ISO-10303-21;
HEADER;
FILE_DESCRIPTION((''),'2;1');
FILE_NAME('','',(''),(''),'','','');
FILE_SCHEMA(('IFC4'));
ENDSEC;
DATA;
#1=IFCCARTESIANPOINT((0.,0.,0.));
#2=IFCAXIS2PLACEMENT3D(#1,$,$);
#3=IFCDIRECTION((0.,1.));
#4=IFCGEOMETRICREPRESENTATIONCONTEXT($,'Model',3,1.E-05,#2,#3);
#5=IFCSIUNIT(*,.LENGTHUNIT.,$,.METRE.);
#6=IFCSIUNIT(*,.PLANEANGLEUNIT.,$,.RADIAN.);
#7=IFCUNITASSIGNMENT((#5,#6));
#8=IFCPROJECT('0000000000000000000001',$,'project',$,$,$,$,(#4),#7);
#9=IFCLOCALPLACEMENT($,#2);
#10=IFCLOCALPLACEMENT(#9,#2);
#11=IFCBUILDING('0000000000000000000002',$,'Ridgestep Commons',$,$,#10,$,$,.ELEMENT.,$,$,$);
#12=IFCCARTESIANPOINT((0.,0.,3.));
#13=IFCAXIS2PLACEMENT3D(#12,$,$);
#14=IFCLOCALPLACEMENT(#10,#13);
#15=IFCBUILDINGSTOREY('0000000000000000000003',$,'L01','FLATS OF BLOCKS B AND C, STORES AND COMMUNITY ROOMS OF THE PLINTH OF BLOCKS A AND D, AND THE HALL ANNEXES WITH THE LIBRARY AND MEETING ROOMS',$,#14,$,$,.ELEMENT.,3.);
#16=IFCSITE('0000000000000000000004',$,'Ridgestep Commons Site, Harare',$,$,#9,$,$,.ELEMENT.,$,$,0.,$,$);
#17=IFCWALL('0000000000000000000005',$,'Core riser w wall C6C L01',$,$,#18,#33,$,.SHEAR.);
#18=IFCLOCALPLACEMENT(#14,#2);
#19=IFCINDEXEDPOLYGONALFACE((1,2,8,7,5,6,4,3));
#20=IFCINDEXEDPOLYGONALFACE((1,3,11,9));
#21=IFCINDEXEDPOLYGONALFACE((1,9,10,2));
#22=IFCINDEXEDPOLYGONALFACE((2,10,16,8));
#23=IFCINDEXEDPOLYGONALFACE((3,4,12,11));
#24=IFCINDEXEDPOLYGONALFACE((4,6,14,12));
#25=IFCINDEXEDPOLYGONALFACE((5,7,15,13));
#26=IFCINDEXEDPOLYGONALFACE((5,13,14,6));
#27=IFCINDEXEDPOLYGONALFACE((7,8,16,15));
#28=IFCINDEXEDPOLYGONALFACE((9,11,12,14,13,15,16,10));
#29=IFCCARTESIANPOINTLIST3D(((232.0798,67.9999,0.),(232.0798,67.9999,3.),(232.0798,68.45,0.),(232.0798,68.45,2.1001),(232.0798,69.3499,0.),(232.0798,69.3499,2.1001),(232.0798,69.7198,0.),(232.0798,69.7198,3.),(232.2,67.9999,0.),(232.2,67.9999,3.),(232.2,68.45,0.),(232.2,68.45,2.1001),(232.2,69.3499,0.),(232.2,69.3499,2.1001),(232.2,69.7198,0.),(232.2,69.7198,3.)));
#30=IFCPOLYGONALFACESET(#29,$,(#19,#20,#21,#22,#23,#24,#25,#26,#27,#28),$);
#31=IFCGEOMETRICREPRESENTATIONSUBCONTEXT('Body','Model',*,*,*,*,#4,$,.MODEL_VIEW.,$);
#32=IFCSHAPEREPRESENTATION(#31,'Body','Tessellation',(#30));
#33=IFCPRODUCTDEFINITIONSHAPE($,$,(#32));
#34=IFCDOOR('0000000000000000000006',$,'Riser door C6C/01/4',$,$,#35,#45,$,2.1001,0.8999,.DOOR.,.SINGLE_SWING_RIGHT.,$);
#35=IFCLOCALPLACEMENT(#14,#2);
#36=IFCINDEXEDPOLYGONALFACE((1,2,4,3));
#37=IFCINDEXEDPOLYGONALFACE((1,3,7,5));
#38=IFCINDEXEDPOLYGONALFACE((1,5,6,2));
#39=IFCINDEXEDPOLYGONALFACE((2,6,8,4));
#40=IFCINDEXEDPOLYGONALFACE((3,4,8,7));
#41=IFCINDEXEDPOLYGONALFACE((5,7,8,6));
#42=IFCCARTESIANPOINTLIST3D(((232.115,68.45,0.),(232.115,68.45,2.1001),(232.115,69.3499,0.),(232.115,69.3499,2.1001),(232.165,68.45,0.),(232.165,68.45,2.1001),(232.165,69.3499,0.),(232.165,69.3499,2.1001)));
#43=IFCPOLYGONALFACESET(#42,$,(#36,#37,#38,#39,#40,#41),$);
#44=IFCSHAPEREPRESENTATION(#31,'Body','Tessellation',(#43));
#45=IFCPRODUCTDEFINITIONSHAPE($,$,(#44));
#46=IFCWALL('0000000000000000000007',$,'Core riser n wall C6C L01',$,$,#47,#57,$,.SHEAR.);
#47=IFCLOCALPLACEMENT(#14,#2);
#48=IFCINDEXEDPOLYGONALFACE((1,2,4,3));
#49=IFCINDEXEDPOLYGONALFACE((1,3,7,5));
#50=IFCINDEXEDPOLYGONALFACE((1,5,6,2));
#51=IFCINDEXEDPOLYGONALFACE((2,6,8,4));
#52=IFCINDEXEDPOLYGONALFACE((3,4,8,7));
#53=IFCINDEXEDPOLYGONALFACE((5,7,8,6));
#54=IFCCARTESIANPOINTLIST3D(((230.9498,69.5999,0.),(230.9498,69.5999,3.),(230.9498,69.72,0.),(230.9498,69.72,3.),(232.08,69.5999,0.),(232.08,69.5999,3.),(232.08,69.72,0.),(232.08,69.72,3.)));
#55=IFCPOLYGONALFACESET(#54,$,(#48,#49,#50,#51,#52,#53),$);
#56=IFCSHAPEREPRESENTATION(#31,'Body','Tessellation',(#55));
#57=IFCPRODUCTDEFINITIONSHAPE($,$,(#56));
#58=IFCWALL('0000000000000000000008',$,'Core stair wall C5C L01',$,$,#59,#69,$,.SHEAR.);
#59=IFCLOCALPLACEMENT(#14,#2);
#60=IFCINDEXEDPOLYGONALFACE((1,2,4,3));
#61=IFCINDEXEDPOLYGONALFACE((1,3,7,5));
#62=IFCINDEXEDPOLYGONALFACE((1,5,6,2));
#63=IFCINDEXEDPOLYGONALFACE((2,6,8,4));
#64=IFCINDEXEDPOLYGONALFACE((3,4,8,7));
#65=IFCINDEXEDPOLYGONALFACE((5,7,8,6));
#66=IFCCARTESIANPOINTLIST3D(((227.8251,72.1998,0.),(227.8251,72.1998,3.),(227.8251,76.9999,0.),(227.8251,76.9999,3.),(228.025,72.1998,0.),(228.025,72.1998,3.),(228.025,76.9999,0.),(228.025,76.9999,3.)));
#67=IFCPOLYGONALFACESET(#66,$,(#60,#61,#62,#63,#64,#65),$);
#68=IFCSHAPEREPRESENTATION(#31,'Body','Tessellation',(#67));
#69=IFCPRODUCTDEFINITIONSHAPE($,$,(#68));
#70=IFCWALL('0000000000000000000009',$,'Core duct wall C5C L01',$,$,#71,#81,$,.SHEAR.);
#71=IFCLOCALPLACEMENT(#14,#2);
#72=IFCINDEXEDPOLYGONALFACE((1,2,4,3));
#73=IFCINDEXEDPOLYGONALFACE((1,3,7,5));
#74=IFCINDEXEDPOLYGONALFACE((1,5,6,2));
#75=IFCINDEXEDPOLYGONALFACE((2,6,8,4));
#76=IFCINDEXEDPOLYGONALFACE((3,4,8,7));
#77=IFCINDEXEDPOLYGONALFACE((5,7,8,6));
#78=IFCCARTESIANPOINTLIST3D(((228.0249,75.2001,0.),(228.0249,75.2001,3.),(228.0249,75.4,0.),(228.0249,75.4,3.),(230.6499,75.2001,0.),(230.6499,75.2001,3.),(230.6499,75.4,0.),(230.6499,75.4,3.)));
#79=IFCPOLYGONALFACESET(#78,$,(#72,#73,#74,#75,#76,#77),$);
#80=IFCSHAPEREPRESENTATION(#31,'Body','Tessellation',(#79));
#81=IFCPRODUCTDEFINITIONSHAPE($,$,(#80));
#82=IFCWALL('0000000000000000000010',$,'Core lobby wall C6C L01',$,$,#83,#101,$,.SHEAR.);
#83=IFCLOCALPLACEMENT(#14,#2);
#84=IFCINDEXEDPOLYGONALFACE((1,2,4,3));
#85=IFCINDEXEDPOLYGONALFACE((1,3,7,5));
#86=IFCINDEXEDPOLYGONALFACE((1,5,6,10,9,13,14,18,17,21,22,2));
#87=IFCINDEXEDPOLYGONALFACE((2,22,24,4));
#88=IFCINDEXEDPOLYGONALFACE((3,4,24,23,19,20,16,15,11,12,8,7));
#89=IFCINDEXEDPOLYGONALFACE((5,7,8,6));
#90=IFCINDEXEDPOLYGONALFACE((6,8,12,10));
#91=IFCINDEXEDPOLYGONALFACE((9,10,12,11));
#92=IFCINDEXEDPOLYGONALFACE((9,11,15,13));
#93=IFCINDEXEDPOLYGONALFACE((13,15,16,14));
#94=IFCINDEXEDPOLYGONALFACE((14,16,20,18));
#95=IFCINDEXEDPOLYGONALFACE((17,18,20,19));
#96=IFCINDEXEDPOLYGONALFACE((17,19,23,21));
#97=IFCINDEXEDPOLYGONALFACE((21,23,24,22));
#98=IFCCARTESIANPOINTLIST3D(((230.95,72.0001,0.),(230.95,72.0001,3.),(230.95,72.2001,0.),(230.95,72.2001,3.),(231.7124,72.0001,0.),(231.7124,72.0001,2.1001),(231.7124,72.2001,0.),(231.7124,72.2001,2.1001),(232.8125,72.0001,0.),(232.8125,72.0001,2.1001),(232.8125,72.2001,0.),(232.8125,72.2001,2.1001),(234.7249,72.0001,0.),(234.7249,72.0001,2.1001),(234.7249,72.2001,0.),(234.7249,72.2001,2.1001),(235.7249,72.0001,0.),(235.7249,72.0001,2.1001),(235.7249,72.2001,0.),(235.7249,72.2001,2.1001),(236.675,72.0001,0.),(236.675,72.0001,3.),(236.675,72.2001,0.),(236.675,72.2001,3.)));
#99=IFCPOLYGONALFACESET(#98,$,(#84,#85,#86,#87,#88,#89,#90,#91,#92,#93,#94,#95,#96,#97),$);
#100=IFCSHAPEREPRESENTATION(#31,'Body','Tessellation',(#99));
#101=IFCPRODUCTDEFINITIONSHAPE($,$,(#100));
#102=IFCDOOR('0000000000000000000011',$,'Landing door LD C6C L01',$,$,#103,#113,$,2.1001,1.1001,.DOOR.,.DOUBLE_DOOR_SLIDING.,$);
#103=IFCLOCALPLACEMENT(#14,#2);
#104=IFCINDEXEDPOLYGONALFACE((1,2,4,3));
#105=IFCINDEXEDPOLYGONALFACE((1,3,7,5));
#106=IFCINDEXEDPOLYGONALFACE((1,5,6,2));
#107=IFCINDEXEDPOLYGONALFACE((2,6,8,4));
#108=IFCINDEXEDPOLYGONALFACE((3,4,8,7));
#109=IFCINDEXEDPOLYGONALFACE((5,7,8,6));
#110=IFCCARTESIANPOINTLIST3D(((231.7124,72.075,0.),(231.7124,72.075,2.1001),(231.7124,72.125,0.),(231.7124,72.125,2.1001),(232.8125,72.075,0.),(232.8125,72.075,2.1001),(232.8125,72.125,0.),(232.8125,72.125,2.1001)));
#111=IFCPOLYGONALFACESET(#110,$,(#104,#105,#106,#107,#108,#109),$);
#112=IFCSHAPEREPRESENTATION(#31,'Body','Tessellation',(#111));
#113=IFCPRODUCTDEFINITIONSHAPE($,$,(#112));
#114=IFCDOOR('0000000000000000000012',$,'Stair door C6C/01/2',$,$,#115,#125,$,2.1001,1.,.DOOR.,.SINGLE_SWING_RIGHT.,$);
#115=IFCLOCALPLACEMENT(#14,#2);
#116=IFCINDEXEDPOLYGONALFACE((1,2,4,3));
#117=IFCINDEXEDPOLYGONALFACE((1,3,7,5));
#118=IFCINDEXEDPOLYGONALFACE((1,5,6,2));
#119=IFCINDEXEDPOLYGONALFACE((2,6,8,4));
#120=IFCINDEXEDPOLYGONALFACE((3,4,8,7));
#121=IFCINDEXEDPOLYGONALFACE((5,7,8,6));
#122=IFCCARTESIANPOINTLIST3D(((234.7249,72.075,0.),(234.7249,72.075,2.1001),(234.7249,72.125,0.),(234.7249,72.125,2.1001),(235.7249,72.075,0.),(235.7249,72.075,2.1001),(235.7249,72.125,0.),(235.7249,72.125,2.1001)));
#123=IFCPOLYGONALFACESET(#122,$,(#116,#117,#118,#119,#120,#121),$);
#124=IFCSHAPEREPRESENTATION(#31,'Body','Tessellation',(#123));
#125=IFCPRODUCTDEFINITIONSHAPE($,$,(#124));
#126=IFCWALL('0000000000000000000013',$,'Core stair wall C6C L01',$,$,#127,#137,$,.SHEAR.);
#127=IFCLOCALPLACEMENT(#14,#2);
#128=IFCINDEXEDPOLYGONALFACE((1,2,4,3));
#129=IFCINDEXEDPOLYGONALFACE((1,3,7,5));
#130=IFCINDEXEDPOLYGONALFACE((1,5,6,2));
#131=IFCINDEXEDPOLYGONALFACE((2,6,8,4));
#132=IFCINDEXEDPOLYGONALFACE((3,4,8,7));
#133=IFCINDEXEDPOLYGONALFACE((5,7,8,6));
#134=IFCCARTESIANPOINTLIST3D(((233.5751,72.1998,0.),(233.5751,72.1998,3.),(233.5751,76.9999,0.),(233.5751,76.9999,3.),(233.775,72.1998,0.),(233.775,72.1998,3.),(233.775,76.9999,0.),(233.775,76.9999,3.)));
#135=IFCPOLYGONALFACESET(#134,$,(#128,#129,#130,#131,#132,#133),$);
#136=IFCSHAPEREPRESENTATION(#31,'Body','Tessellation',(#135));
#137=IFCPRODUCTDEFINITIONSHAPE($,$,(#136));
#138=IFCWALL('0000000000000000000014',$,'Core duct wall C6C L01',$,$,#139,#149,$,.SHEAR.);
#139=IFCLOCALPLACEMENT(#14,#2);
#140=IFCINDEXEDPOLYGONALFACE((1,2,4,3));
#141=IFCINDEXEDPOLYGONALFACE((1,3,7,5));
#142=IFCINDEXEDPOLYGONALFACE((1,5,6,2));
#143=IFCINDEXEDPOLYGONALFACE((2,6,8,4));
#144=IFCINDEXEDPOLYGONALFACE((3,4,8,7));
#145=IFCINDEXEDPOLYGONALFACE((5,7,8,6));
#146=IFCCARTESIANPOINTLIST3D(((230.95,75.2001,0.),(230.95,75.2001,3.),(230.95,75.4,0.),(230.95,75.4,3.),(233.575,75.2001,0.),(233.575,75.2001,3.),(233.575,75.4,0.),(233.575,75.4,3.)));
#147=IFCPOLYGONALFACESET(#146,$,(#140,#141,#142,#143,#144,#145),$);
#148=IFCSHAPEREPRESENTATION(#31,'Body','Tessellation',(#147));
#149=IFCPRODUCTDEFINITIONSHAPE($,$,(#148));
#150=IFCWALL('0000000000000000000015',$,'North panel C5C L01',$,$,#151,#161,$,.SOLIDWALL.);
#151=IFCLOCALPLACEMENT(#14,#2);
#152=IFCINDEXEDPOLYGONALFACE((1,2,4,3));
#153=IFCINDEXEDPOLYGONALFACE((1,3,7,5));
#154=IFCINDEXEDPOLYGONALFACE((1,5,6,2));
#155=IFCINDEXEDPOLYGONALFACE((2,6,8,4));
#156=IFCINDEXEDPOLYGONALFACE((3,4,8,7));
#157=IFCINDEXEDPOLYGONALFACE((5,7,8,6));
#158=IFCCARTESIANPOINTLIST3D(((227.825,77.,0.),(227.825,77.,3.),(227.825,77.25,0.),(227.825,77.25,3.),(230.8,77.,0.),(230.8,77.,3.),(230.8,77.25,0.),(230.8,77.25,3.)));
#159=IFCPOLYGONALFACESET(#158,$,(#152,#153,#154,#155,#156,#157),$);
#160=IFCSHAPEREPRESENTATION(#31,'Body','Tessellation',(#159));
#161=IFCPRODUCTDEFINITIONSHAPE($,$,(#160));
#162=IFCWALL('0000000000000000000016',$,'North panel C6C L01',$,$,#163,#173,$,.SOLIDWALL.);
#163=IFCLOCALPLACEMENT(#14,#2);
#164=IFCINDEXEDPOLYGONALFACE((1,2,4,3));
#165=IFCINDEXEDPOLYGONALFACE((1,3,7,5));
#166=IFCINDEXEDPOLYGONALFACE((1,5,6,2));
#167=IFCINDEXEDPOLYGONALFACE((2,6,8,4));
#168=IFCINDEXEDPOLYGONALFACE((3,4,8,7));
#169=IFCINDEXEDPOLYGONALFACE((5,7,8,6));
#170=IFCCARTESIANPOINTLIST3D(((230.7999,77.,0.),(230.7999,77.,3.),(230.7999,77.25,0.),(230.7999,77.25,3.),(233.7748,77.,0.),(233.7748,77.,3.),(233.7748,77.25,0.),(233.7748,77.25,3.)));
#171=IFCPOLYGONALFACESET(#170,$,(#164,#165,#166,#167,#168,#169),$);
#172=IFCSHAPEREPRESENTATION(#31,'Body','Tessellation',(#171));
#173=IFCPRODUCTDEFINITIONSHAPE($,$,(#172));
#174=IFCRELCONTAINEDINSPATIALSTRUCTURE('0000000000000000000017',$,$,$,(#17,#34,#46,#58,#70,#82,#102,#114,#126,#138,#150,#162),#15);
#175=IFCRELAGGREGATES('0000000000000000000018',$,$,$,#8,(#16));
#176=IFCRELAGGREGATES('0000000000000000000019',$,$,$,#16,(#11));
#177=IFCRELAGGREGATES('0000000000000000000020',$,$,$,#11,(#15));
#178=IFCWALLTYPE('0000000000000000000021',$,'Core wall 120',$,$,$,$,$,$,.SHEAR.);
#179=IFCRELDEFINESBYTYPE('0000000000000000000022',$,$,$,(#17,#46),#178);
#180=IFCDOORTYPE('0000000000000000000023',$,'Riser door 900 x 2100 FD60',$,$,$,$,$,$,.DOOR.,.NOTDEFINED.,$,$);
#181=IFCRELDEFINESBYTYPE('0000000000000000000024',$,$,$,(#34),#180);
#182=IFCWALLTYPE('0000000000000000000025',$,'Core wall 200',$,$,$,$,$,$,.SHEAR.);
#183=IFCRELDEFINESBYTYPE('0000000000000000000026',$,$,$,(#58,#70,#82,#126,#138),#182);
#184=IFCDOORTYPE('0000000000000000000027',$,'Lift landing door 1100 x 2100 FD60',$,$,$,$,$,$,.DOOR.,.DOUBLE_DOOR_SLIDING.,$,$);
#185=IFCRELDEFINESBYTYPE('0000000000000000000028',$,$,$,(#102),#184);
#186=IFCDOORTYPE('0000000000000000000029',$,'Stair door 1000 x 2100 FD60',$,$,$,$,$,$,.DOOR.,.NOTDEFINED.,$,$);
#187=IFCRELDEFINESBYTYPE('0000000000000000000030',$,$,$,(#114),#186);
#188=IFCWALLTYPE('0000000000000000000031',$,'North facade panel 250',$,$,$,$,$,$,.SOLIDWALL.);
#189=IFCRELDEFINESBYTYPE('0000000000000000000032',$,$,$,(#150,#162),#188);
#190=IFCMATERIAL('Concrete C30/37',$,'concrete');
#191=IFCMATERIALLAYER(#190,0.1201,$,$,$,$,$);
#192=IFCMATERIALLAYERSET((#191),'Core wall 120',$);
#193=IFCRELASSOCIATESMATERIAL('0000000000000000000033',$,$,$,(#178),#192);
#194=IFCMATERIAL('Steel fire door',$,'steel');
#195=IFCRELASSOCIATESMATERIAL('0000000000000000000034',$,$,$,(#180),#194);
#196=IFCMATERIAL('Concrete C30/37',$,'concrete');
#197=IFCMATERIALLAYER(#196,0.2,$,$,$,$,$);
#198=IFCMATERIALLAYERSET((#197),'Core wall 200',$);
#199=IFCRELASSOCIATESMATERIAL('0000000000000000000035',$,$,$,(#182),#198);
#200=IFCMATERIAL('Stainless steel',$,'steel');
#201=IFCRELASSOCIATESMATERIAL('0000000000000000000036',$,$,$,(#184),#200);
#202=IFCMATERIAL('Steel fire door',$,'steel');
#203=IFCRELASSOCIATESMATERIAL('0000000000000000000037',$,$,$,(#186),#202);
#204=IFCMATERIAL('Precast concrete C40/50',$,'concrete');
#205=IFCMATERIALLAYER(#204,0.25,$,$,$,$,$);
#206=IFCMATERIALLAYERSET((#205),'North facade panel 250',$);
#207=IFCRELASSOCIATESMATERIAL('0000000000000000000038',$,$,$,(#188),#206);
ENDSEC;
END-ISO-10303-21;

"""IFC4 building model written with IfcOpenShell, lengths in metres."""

from ifc_helpers import new_model, si_unit, direction, frame, frame_2d, origin, place, context, subcontext, project, spatial, rectangle, extrude, material, layer, layer_set, type_object, element, fill, save


model = new_model("IFC4")

# Units and contexts
model_context = context("Model", 3, precision=1e-05, world=origin(), true_north=direction((0.0, 1.0)))
body_context = subcontext(model_context, "Body", "Model", "MODEL_VIEW")
ifc_project = project(units=[si_unit("LENGTHUNIT", "METRE"), si_unit("PLANEANGLEUNIT", "RADIAN")], contexts=[model_context])

# Site, building, storey
site_placement = place(None, origin())
site = spatial("IfcSite", under=ifc_project, at=site_placement, Name="Ridgestep Commons Site, Harare", CompositionType="ELEMENT", RefElevation=0.0)
building_placement = place(site_placement, origin())
building = spatial("IfcBuilding", under=site, at=building_placement, Name="Ridgestep Commons", CompositionType="ELEMENT")
storey_placement = place(building_placement, frame((0.0, 0.0, 3.0)))
storey = spatial("IfcBuildingStorey", under=building, at=storey_placement, Name="L01", Description="FLATS OF BLOCKS B AND C, STORES AND COMMUNITY ROOMS OF THE PLINTH OF BLOCKS A AND D, AND THE HALL ANNEXES WITH THE LIBRARY AND MEETING ROOMS", CompositionType="ELEMENT", Elevation=3.0)

# Shared definitions
ifc_material_1 = material(Name="Concrete C30/37", Category="concrete")
ifc_layer_1 = layer(ifc_material_1, 0.1201)
ifc_layer_set_1 = layer_set([ifc_layer_1], Name="Core wall 120")
wall_type_1 = type_object("IfcWallType", Name="Core wall 120", PredefinedType="SHEAR", material=ifc_layer_set_1)
ifc_material_2 = material(Name="Steel fire door", Category="steel")
door_type_1 = type_object("IfcDoorType", Name="Riser door 900 x 2100 FD60", OperationType="NOTDEFINED", PredefinedType="DOOR", material=ifc_material_2)

# Wall, opening, door
wall_1_placement = place(storey_placement, frame((232.1399, 68.0, 0.0), z_axis=(0.0, 0.0, 1.0), x_axis=(0.0, 1.0, 0.0)))
wall_1 = element("IfcWall", 1, at=wall_1_placement, inside=storey, type_object=wall_type_1, Name="Core riser w wall C6C L01", PredefinedType="SHEAR", context=body_context, shape_type="SweptSolid", body=[
    extrude(rectangle(XDim=1.72, YDim=0.1201, at=frame_2d((0.8599, 0.0))), origin(), (0.0, 0.0, 1.0), 3.0),
])
opening_1_placement = place(wall_1_placement, frame((0.45, 0.0, 0.0)))
opening_1 = element("IfcOpeningElement", 2, at=opening_1_placement, cuts=wall_1, PredefinedType="OPENING", context=body_context, shape_type="SweptSolid", body=[
    extrude(rectangle(XDim=0.8999, YDim=2.1001, at=frame_2d((0.45, 1.05))), frame((0.0, 0.0701, 0.0), z_axis=(0.0, -1.0, 0.0), x_axis=(1.0, 0.0, 0.0)), (0.0, 0.0, 1.0), 0.1401),
])
door_1_placement = place(opening_1_placement, origin())
door_1 = element("IfcDoor", 3, at=door_1_placement, inside=storey, type_object=door_type_1, Name="Riser door C6C/01/4", OperationType="SINGLE_SWING_RIGHT", OverallHeight=2.1001, OverallWidth=0.8999, PredefinedType="DOOR", context=body_context, shape_type="SweptSolid", body=[
    extrude(rectangle(XDim=0.8999, YDim=2.1001, at=frame_2d((0.45, 1.05))), frame((0.0, 0.0249, 0.0), z_axis=(0.0, -1.0, 0.0), x_axis=(1.0, 0.0, 0.0)), (0.0, 0.0, 1.0), 0.05),
])
fill(opening_1, door_1)

# Walls
wall_2_placement = place(storey_placement, frame((230.95, 69.6599, 0.0), z_axis=(0.0, 0.0, 1.0), x_axis=(1.0, 0.0, 0.0)))
element("IfcWall", 4, at=wall_2_placement, inside=storey, type_object=wall_type_1, Name="Core riser n wall C6C L01", PredefinedType="SHEAR", context=body_context, shape_type="SweptSolid", body=[
    extrude(rectangle(XDim=1.1301, YDim=0.1201, at=frame_2d((0.5649, 0.0))), origin(), (0.0, 0.0, 1.0), 3.0),
])
ifc_material_3 = material(Name="Concrete C30/37", Category="concrete")
ifc_layer_2 = layer(ifc_material_3, 0.2)
ifc_layer_set_2 = layer_set([ifc_layer_2], Name="Core wall 200")
wall_type_2 = type_object("IfcWallType", Name="Core wall 200", PredefinedType="SHEAR", material=ifc_layer_set_2)
wall_3_placement = place(storey_placement, frame((227.925, 72.2, 0.0), z_axis=(0.0, 0.0, 1.0), x_axis=(0.0, 1.0, 0.0)))
element("IfcWall", 5, at=wall_3_placement, inside=storey, type_object=wall_type_2, Name="Core stair wall C5C L01", PredefinedType="SHEAR", context=body_context, shape_type="SweptSolid", body=[
    extrude(rectangle(XDim=4.8, YDim=0.2, at=frame_2d((2.3999, 0.0))), origin(), (0.0, 0.0, 1.0), 3.0),
])
wall_4_placement = place(storey_placement, frame((228.0249, 75.3, 0.0), z_axis=(0.0, 0.0, 1.0), x_axis=(1.0, 0.0, 0.0)))
element("IfcWall", 6, at=wall_4_placement, inside=storey, type_object=wall_type_2, Name="Core duct wall C5C L01", PredefinedType="SHEAR", context=body_context, shape_type="SweptSolid", body=[
    extrude(rectangle(XDim=2.625, YDim=0.2, at=frame_2d((1.3125, 0.0))), origin(), (0.0, 0.0, 1.0), 3.0),
])

# Wall, openings, doors
wall_5_placement = place(storey_placement, frame((230.95, 72.1001, 0.0), z_axis=(0.0, 0.0, 1.0), x_axis=(1.0, 0.0, 0.0)))
wall_5 = element("IfcWall", 7, at=wall_5_placement, inside=storey, type_object=wall_type_2, Name="Core lobby wall C6C L01", PredefinedType="SHEAR", context=body_context, shape_type="SweptSolid", body=[
    extrude(rectangle(XDim=5.7251, YDim=0.2, at=frame_2d((2.8625, 0.0))), origin(), (0.0, 0.0, 1.0), 3.0),
])
opening_2_placement = place(wall_5_placement, frame((3.7749, 0.0, 0.0)))
opening_2 = element("IfcOpeningElement", 8, at=opening_2_placement, cuts=wall_5, PredefinedType="OPENING", context=body_context, shape_type="SweptSolid", body=[
    extrude(rectangle(XDim=1.0, YDim=2.1001, at=frame_2d((0.5, 1.05))), frame((0.0, 0.1099, 0.0), z_axis=(0.0, -1.0, 0.0), x_axis=(1.0, 0.0, 0.0)), (0.0, 0.0, 1.0), 0.22),
])
opening_3_placement = place(wall_5_placement, frame((0.7625, 0.0, 0.0)))
opening_3 = element("IfcOpeningElement", 9, at=opening_3_placement, cuts=wall_5, PredefinedType="OPENING", context=body_context, shape_type="SweptSolid", body=[
    extrude(rectangle(XDim=1.1001, YDim=2.1001, at=frame_2d((0.55, 1.05))), frame((0.0, 0.1099, 0.0), z_axis=(0.0, -1.0, 0.0), x_axis=(1.0, 0.0, 0.0)), (0.0, 0.0, 1.0), 0.22),
])
ifc_material_4 = material(Name="Stainless steel", Category="steel")
door_type_2 = type_object("IfcDoorType", Name="Lift landing door 1100 x 2100 FD60", OperationType="DOUBLE_DOOR_SLIDING", PredefinedType="DOOR", material=ifc_material_4)
door_2_placement = place(opening_3_placement, origin())
door_2 = element("IfcDoor", 10, at=door_2_placement, inside=storey, type_object=door_type_2, Name="Landing door LD C6C L01", OperationType="DOUBLE_DOOR_SLIDING", OverallHeight=2.1001, OverallWidth=1.1001, PredefinedType="DOOR", context=body_context, shape_type="SweptSolid", body=[
    extrude(rectangle(XDim=1.1001, YDim=2.1001, at=frame_2d((0.55, 1.05))), frame((0.0, 0.0249, 0.0), z_axis=(0.0, -1.0, 0.0), x_axis=(1.0, 0.0, 0.0)), (0.0, 0.0, 1.0), 0.05),
])
fill(opening_3, door_2)
ifc_material_5 = material(Name="Steel fire door", Category="steel")
door_type_3 = type_object("IfcDoorType", Name="Stair door 1000 x 2100 FD60", OperationType="NOTDEFINED", PredefinedType="DOOR", material=ifc_material_5)
door_3_placement = place(opening_2_placement, origin())
door_3 = element("IfcDoor", 11, at=door_3_placement, inside=storey, type_object=door_type_3, Name="Stair door C6C/01/2", OperationType="SINGLE_SWING_RIGHT", OverallHeight=2.1001, OverallWidth=1.0, PredefinedType="DOOR", context=body_context, shape_type="SweptSolid", body=[
    extrude(rectangle(XDim=1.0, YDim=2.1001, at=frame_2d((0.5, 1.05))), frame((0.0, 0.0249, 0.0), z_axis=(0.0, -1.0, 0.0), x_axis=(1.0, 0.0, 0.0)), (0.0, 0.0, 1.0), 0.05),
])
fill(opening_2, door_3)

# Walls
wall_6_placement = place(storey_placement, frame((233.675, 72.2, 0.0), z_axis=(0.0, 0.0, 1.0), x_axis=(0.0, 1.0, 0.0)))
element("IfcWall", 12, at=wall_6_placement, inside=storey, type_object=wall_type_2, Name="Core stair wall C6C L01", PredefinedType="SHEAR", context=body_context, shape_type="SweptSolid", body=[
    extrude(rectangle(XDim=4.8, YDim=0.2, at=frame_2d((2.3999, 0.0))), origin(), (0.0, 0.0, 1.0), 3.0),
])
wall_7_placement = place(storey_placement, frame((230.95, 75.3, 0.0), z_axis=(0.0, 0.0, 1.0), x_axis=(1.0, 0.0, 0.0)))
element("IfcWall", 13, at=wall_7_placement, inside=storey, type_object=wall_type_2, Name="Core duct wall C6C L01", PredefinedType="SHEAR", context=body_context, shape_type="SweptSolid", body=[
    extrude(rectangle(XDim=2.625, YDim=0.2, at=frame_2d((1.3125, 0.0))), origin(), (0.0, 0.0, 1.0), 3.0),
])
ifc_material_6 = material(Name="Precast concrete C40/50", Category="concrete")
ifc_layer_3 = layer(ifc_material_6, 0.25)
ifc_layer_set_3 = layer_set([ifc_layer_3], Name="North facade panel 250")
wall_type_3 = type_object("IfcWallType", Name="North facade panel 250", PredefinedType="SOLIDWALL", material=ifc_layer_set_3)
wall_8_placement = place(storey_placement, frame((227.825, 77.125, 0.0), z_axis=(0.0, 0.0, 1.0), x_axis=(1.0, 0.0, 0.0)))
element("IfcWall", 14, at=wall_8_placement, inside=storey, type_object=wall_type_3, Name="North panel C5C L01", PredefinedType="SOLIDWALL", context=body_context, shape_type="SweptSolid", body=[
    extrude(rectangle(XDim=2.9751, YDim=0.25, at=frame_2d((1.4875, 0.0))), origin(), (0.0, 0.0, 1.0), 3.0),
])
wall_9_placement = place(storey_placement, frame((230.8, 77.125, 0.0), z_axis=(0.0, 0.0, 1.0), x_axis=(1.0, 0.0, 0.0)))
element("IfcWall", 15, at=wall_9_placement, inside=storey, type_object=wall_type_3, Name="North panel C6C L01", PredefinedType="SOLIDWALL", context=body_context, shape_type="SweptSolid", body=[
    extrude(rectangle(XDim=2.9749, YDim=0.25, at=frame_2d((1.4873, 0.0))), origin(), (0.0, 0.0, 1.0), 3.0),
])

save(model, "model.ifc")
